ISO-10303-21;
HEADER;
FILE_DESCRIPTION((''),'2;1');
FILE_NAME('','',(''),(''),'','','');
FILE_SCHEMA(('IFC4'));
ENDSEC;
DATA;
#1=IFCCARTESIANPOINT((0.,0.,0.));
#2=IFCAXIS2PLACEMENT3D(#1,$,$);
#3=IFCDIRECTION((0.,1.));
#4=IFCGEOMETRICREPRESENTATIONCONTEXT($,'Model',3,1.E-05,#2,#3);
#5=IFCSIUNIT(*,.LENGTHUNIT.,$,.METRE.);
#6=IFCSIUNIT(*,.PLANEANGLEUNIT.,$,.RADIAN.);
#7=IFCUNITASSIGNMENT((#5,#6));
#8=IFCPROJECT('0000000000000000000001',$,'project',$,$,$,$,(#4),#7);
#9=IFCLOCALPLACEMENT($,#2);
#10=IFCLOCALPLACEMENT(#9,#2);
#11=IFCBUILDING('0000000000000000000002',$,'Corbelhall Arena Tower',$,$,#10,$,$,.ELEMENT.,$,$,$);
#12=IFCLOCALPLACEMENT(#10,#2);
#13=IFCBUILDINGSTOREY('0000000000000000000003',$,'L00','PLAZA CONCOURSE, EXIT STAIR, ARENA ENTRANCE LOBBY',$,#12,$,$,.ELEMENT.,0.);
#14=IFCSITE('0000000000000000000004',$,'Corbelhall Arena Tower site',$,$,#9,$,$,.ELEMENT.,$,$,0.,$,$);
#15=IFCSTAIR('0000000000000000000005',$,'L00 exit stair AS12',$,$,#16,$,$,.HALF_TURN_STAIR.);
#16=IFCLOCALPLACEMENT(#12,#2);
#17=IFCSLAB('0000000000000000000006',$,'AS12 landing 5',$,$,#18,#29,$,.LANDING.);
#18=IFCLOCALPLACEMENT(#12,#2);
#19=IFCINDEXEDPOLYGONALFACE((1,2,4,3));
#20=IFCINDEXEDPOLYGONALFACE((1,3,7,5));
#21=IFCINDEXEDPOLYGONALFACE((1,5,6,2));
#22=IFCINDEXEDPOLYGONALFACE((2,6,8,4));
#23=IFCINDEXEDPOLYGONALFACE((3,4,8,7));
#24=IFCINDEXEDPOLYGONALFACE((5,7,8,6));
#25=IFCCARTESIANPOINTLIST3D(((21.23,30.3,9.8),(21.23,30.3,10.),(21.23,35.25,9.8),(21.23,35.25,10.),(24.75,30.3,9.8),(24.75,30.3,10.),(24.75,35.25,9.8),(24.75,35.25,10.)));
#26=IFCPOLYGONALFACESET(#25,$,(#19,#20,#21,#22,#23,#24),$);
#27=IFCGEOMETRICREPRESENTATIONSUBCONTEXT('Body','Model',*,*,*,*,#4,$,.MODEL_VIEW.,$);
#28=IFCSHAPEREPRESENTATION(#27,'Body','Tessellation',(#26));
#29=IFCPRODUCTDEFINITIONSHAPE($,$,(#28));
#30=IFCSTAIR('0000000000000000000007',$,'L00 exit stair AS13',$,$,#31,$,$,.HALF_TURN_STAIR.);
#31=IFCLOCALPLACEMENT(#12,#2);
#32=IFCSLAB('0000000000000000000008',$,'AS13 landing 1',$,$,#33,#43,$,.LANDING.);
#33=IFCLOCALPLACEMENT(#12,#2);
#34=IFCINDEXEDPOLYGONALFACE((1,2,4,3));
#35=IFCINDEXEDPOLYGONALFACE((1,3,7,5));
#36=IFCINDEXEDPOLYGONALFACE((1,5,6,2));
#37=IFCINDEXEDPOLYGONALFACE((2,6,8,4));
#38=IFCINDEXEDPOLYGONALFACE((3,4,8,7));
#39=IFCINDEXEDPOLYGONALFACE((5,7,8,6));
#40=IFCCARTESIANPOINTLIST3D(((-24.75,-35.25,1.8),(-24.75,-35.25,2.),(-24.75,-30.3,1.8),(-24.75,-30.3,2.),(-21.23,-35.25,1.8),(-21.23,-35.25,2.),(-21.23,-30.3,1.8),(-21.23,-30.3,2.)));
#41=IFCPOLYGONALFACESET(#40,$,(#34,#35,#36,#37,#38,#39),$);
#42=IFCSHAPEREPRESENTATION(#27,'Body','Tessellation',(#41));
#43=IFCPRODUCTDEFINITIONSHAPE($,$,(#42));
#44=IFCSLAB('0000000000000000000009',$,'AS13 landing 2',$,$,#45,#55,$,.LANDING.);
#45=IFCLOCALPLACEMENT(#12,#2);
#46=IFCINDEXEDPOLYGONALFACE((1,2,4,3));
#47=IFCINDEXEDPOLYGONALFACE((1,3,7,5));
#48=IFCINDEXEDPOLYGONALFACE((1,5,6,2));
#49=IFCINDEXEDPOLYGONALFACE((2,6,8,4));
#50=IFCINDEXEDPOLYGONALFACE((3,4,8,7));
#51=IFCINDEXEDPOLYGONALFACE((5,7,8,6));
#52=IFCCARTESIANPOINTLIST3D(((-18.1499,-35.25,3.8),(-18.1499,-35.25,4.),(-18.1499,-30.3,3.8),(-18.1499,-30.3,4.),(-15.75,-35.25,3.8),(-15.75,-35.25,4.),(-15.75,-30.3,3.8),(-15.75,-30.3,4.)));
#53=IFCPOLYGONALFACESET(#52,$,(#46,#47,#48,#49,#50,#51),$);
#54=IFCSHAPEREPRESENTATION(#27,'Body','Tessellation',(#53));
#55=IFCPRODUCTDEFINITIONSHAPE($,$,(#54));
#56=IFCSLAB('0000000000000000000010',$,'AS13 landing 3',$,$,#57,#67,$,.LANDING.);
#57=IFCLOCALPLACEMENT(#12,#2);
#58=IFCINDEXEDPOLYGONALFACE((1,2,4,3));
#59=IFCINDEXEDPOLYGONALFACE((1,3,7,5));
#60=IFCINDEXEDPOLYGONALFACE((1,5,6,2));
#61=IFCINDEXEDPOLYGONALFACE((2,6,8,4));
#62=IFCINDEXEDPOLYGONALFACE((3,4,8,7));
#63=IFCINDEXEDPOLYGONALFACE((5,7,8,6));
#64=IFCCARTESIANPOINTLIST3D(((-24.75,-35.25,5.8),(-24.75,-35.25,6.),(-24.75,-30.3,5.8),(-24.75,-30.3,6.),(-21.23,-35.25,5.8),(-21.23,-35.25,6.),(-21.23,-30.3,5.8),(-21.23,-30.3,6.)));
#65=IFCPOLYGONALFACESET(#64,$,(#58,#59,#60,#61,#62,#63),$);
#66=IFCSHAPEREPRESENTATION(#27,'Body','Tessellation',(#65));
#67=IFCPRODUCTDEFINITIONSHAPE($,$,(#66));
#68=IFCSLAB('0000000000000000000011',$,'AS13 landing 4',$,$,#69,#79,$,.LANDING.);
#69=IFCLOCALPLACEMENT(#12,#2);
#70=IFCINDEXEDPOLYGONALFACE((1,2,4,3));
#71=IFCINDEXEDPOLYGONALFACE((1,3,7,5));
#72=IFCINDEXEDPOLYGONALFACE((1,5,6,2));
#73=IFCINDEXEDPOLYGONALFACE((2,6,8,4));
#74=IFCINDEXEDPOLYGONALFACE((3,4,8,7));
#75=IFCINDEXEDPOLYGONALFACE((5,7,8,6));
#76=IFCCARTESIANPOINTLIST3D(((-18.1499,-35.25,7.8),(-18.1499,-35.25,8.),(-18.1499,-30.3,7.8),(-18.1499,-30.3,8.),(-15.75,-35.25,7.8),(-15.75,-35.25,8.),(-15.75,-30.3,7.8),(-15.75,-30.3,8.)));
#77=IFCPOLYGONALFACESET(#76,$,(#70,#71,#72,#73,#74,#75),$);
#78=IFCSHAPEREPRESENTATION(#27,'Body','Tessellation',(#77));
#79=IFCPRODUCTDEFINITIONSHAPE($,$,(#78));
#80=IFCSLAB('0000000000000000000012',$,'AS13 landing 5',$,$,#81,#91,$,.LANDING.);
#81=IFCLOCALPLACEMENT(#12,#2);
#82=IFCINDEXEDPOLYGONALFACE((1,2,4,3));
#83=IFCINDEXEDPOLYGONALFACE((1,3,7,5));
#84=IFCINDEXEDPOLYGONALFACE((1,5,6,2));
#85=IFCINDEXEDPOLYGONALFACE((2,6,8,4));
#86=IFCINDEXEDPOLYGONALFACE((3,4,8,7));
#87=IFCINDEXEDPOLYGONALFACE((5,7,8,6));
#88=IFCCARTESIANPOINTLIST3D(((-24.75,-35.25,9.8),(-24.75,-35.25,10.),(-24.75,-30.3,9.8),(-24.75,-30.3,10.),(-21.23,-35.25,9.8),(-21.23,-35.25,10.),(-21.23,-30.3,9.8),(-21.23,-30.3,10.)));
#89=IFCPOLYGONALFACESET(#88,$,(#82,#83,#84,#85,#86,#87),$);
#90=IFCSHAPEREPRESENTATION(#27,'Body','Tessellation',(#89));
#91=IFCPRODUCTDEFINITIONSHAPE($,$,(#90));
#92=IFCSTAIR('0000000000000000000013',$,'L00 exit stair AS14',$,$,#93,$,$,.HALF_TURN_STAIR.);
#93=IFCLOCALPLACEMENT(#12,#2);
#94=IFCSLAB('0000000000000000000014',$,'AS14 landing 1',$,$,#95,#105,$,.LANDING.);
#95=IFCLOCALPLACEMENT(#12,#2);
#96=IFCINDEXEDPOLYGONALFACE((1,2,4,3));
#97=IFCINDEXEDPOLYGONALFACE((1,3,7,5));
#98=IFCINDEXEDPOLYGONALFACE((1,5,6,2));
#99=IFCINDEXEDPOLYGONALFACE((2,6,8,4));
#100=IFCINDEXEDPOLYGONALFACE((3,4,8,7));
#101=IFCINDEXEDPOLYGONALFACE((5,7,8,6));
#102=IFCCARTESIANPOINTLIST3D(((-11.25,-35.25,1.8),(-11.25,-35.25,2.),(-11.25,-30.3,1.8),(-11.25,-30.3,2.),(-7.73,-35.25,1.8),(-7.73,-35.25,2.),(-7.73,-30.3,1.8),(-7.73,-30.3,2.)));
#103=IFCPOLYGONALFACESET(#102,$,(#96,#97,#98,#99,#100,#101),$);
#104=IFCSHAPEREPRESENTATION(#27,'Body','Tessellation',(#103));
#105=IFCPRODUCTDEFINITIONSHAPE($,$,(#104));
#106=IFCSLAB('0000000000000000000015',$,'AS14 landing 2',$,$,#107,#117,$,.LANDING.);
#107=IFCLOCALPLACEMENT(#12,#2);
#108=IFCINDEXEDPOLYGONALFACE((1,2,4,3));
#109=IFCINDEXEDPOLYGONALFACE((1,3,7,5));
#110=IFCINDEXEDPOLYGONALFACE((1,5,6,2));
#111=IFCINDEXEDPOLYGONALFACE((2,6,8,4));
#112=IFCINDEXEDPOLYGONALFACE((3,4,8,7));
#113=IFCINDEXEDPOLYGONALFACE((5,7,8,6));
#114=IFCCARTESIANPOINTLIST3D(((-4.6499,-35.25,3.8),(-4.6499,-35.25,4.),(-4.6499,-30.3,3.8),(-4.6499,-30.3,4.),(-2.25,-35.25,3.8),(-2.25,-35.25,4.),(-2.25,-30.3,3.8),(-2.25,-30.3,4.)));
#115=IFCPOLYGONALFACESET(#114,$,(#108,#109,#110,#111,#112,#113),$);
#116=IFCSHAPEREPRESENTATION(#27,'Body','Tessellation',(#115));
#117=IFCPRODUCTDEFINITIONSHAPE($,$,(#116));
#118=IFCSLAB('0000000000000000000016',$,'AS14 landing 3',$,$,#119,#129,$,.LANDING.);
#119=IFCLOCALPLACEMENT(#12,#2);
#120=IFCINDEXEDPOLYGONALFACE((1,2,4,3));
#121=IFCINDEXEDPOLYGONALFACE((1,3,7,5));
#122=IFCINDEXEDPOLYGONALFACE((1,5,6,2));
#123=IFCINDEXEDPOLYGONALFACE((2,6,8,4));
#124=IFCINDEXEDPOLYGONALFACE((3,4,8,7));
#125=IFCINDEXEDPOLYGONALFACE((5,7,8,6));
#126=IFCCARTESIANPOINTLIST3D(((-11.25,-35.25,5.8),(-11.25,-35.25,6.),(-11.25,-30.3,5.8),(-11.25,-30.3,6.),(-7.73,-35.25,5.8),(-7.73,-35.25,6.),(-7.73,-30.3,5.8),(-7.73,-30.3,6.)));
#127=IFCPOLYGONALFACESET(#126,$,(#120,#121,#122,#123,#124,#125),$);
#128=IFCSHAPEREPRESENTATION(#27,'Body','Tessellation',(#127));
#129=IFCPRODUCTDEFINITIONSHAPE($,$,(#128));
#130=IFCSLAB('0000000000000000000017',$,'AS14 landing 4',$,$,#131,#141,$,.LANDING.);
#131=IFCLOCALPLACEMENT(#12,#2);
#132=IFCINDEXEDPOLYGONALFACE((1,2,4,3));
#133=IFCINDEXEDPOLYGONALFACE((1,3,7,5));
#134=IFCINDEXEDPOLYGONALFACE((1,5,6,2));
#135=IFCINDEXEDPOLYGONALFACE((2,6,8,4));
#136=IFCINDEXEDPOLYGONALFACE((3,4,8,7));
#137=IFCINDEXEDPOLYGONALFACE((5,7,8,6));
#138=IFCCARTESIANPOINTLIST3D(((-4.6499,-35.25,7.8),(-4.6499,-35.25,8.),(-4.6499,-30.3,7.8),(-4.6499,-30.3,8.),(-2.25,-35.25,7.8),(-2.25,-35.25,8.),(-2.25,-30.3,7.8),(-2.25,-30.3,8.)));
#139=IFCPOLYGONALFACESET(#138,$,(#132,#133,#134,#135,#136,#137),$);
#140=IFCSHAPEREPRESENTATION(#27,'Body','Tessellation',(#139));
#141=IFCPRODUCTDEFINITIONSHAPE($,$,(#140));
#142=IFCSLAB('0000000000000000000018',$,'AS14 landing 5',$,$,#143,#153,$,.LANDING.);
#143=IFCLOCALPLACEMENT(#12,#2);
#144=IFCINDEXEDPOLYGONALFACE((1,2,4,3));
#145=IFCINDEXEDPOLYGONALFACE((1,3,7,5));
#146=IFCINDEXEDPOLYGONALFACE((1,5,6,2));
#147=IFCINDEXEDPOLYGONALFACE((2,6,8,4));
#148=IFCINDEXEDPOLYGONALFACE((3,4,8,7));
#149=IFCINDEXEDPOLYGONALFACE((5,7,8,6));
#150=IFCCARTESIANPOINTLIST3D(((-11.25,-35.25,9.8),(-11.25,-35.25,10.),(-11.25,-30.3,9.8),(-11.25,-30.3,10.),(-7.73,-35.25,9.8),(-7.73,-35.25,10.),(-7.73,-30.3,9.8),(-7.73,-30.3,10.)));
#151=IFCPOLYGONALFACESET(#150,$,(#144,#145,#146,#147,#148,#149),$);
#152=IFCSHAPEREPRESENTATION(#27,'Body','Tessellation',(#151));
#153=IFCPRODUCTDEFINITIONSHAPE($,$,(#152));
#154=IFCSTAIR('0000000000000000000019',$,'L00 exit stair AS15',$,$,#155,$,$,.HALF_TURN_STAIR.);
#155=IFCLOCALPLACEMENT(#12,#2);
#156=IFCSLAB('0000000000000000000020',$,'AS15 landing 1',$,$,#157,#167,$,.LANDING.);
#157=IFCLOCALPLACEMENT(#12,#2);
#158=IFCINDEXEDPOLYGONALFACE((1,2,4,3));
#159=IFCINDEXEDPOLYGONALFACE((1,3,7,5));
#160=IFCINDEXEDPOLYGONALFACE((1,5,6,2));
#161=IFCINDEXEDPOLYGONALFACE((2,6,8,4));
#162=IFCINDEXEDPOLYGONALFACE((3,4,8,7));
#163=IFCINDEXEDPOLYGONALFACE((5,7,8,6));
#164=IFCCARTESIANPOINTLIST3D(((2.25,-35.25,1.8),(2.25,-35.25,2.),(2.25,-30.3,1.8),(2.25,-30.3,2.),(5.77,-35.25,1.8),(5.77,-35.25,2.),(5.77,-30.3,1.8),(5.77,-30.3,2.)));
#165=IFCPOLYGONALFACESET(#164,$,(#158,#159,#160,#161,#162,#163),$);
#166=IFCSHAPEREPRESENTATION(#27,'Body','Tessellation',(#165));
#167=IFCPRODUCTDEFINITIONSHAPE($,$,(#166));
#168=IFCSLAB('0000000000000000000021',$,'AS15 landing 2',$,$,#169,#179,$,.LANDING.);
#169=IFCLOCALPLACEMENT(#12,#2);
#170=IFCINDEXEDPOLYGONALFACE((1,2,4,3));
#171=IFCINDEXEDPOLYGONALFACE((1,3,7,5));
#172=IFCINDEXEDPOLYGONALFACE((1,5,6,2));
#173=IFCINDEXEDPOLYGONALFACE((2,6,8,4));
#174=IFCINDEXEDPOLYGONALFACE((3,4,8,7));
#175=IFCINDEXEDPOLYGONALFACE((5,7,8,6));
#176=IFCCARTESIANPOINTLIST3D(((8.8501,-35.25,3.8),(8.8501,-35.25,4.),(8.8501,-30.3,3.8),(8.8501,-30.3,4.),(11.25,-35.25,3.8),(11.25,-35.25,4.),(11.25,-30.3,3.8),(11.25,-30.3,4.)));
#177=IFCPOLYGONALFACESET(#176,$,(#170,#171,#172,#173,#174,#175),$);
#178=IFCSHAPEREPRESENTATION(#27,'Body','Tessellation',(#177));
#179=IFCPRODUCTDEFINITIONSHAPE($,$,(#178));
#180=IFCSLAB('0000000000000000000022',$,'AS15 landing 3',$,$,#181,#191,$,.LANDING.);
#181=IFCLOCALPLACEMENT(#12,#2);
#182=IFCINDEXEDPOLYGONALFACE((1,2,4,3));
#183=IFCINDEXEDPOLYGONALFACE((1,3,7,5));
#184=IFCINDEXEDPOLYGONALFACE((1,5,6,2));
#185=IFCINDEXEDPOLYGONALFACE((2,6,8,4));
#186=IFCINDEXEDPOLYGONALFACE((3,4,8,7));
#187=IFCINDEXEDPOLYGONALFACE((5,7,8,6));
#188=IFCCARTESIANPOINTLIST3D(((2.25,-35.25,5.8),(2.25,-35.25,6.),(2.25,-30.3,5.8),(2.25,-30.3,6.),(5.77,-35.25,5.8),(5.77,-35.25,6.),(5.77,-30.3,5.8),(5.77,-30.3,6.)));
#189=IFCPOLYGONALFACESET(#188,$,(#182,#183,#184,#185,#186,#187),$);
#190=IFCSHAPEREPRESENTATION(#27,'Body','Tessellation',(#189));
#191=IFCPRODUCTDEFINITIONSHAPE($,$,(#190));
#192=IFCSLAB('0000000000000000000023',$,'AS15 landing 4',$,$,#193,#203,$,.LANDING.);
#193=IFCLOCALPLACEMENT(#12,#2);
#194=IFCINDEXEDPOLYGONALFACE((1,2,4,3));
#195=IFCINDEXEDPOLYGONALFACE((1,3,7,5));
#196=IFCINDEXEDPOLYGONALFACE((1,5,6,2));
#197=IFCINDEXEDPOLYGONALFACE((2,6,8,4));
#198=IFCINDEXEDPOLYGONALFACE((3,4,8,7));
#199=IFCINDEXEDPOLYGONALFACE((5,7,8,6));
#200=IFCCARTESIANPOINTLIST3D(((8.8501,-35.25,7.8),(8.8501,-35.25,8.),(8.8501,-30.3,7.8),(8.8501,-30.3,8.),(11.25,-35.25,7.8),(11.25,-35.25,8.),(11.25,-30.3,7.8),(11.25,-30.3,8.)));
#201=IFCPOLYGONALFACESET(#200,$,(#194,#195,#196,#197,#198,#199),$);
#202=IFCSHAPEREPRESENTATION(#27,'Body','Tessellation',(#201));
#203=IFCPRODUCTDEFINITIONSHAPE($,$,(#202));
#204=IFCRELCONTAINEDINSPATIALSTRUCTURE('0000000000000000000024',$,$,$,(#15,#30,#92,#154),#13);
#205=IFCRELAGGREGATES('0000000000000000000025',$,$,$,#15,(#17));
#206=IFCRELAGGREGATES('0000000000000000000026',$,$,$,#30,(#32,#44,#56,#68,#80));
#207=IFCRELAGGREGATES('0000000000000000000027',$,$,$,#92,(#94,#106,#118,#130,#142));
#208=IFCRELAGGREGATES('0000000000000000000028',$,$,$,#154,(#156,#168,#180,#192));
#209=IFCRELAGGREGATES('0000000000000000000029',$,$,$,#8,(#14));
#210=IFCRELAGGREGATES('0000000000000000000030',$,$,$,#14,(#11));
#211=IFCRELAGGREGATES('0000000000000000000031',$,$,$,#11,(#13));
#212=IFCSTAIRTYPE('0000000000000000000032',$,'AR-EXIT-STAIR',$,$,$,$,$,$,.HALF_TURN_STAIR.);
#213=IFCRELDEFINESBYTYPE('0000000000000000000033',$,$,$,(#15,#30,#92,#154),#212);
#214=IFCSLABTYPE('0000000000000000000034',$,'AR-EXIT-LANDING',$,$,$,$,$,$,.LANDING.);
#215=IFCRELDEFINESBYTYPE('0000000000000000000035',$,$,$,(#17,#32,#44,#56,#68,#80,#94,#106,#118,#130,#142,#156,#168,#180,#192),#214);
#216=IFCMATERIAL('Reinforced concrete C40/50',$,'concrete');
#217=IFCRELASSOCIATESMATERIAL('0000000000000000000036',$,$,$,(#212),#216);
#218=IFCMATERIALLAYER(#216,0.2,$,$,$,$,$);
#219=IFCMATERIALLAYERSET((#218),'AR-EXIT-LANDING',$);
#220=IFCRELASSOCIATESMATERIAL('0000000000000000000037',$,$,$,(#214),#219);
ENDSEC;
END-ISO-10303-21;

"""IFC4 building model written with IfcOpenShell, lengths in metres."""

from ifc_helpers import new_model, si_unit, direction, frame, origin, place, context, subcontext, project, spatial, polyline, outline, extrude, material, layer, layer_set, type_object, element, aggregate, save


model = new_model("IFC4")

# Units and contexts
model_context = context("Model", 3, precision=1e-05, world=origin(), true_north=direction((0.0, 1.0)))
body_context = subcontext(model_context, "Body", "Model", "MODEL_VIEW")
ifc_project = project(units=[si_unit("LENGTHUNIT", "METRE"), si_unit("PLANEANGLEUNIT", "RADIAN")], contexts=[model_context])

# Site, building, storey
site_placement = place(None, origin())
site = spatial("IfcSite", under=ifc_project, at=site_placement, Name="Corbelhall Arena Tower site", CompositionType="ELEMENT", RefElevation=0.0)
building_placement = place(site_placement, origin())
building = spatial("IfcBuilding", under=site, at=building_placement, Name="Corbelhall Arena Tower", CompositionType="ELEMENT")
storey_placement = place(building_placement, origin())
storey = spatial("IfcBuildingStorey", under=building, at=storey_placement, Name="L00", Description="PLAZA CONCOURSE, EXIT STAIR, ARENA ENTRANCE LOBBY", CompositionType="ELEMENT", Elevation=0.0)

# Stairs, slabs
ifc_material_1 = material(Name="Reinforced concrete C40/50", Category="concrete")
stair_type = type_object("IfcStairType", Name="AR-EXIT-STAIR", PredefinedType="HALF_TURN_STAIR", material=ifc_material_1)
stair_1_placement = place(storey_placement, origin())
stair_1 = element("IfcStair", 1, at=stair_1_placement, inside=storey, type_object=stair_type, Name="L00 exit stair AS12", PredefinedType="HALF_TURN_STAIR")
ifc_layer = layer(ifc_material_1, 0.2)
ifc_layer_set = layer_set([ifc_layer], Name="AR-EXIT-LANDING")
slab_type = type_object("IfcSlabType", Name="AR-EXIT-LANDING", PredefinedType="LANDING", material=ifc_layer_set)
slab_1_placement = place(storey_placement, frame((0.0, 0.0, 9.8)))
slab_1 = element("IfcSlab", 2, at=slab_1_placement, type_object=slab_type, Name="AS12 landing 5", PredefinedType="LANDING", context=body_context, shape_type="SweptSolid", body=[
    extrude(outline(polyline([(21.23, 30.3), (24.75, 30.3), (24.75, 35.25), (21.23, 35.25), (21.23, 30.3)])), origin(), (0.0, 0.0, 1.0), 0.2),
])
aggregate(stair_1, [slab_1])
stair_2_placement = place(storey_placement, origin())
stair_2 = element("IfcStair", 3, at=stair_2_placement, inside=storey, type_object=stair_type, Name="L00 exit stair AS13", PredefinedType="HALF_TURN_STAIR")
slab_2_placement = place(storey_placement, frame((0.0, 0.0, 1.8)))
slab_2 = element("IfcSlab", 4, at=slab_2_placement, type_object=slab_type, Name="AS13 landing 1", PredefinedType="LANDING", context=body_context, shape_type="SweptSolid", body=[
    extrude(outline(polyline([(-21.23, -30.3), (-24.75, -30.3), (-24.75, -35.25), (-21.23, -35.25), (-21.23, -30.3)])), origin(), (0.0, 0.0, 1.0), 0.2),
])
slab_3_placement = place(storey_placement, frame((0.0, 0.0, 3.8)))
slab_3 = element("IfcSlab", 5, at=slab_3_placement, type_object=slab_type, Name="AS13 landing 2", PredefinedType="LANDING", context=body_context, shape_type="SweptSolid", body=[
    extrude(outline(polyline([(-15.75, -30.3), (-18.1499, -30.3), (-18.1499, -35.25), (-15.75, -35.25), (-15.75, -30.3)])), origin(), (0.0, 0.0, 1.0), 0.2),
])
slab_4_placement = place(storey_placement, frame((0.0, 0.0, 5.8)))
slab_4 = element("IfcSlab", 6, at=slab_4_placement, type_object=slab_type, Name="AS13 landing 3", PredefinedType="LANDING", context=body_context, shape_type="SweptSolid", body=[
    extrude(outline(polyline([(-21.23, -30.3), (-24.75, -30.3), (-24.75, -35.25), (-21.23, -35.25), (-21.23, -30.3)])), origin(), (0.0, 0.0, 1.0), 0.2),
])
slab_5_placement = place(storey_placement, frame((0.0, 0.0, 7.8)))
slab_5 = element("IfcSlab", 7, at=slab_5_placement, type_object=slab_type, Name="AS13 landing 4", PredefinedType="LANDING", context=body_context, shape_type="SweptSolid", body=[
    extrude(outline(polyline([(-15.75, -30.3), (-18.1499, -30.3), (-18.1499, -35.25), (-15.75, -35.25), (-15.75, -30.3)])), origin(), (0.0, 0.0, 1.0), 0.2),
])
slab_6_placement = place(storey_placement, frame((0.0, 0.0, 9.8)))
slab_6 = element("IfcSlab", 8, at=slab_6_placement, type_object=slab_type, Name="AS13 landing 5", PredefinedType="LANDING", context=body_context, shape_type="SweptSolid", body=[
    extrude(outline(polyline([(-21.23, -30.3), (-24.75, -30.3), (-24.75, -35.25), (-21.23, -35.25), (-21.23, -30.3)])), origin(), (0.0, 0.0, 1.0), 0.2),
])
aggregate(stair_2, [slab_2, slab_3, slab_4, slab_5, slab_6])
stair_3_placement = place(storey_placement, origin())
stair_3 = element("IfcStair", 9, at=stair_3_placement, inside=storey, type_object=stair_type, Name="L00 exit stair AS14", PredefinedType="HALF_TURN_STAIR")
slab_7_placement = place(storey_placement, frame((0.0, 0.0, 1.8)))
slab_7 = element("IfcSlab", 10, at=slab_7_placement, type_object=slab_type, Name="AS14 landing 1", PredefinedType="LANDING", context=body_context, shape_type="SweptSolid", body=[
    extrude(outline(polyline([(-7.73, -30.3), (-11.25, -30.3), (-11.25, -35.25), (-7.73, -35.25), (-7.73, -30.3)])), origin(), (0.0, 0.0, 1.0), 0.2),
])
slab_8_placement = place(storey_placement, frame((0.0, 0.0, 3.8)))
slab_8 = element("IfcSlab", 11, at=slab_8_placement, type_object=slab_type, Name="AS14 landing 2", PredefinedType="LANDING", context=body_context, shape_type="SweptSolid", body=[
    extrude(outline(polyline([(-2.25, -30.3), (-4.6499, -30.3), (-4.6499, -35.25), (-2.25, -35.25), (-2.25, -30.3)])), origin(), (0.0, 0.0, 1.0), 0.2),
])
slab_9_placement = place(storey_placement, frame((0.0, 0.0, 5.8)))
slab_9 = element("IfcSlab", 12, at=slab_9_placement, type_object=slab_type, Name="AS14 landing 3", PredefinedType="LANDING", context=body_context, shape_type="SweptSolid", body=[
    extrude(outline(polyline([(-7.73, -30.3), (-11.25, -30.3), (-11.25, -35.25), (-7.73, -35.25), (-7.73, -30.3)])), origin(), (0.0, 0.0, 1.0), 0.2),
])
slab_10_placement = place(storey_placement, frame((0.0, 0.0, 7.8)))
slab_10 = element("IfcSlab", 13, at=slab_10_placement, type_object=slab_type, Name="AS14 landing 4", PredefinedType="LANDING", context=body_context, shape_type="SweptSolid", body=[
    extrude(outline(polyline([(-2.25, -30.3), (-4.6499, -30.3), (-4.6499, -35.25), (-2.25, -35.25), (-2.25, -30.3)])), origin(), (0.0, 0.0, 1.0), 0.2),
])
slab_11_placement = place(storey_placement, frame((0.0, 0.0, 9.8)))
slab_11 = element("IfcSlab", 14, at=slab_11_placement, type_object=slab_type, Name="AS14 landing 5", PredefinedType="LANDING", context=body_context, shape_type="SweptSolid", body=[
    extrude(outline(polyline([(-7.73, -30.3), (-11.25, -30.3), (-11.25, -35.25), (-7.73, -35.25), (-7.73, -30.3)])), origin(), (0.0, 0.0, 1.0), 0.2),
])
aggregate(stair_3, [slab_7, slab_8, slab_9, slab_10, slab_11])
stair_4_placement = place(storey_placement, origin())
stair_4 = element("IfcStair", 15, at=stair_4_placement, inside=storey, type_object=stair_type, Name="L00 exit stair AS15", PredefinedType="HALF_TURN_STAIR")
slab_12_placement = place(storey_placement, frame((0.0, 0.0, 1.8)))
slab_12 = element("IfcSlab", 16, at=slab_12_placement, type_object=slab_type, Name="AS15 landing 1", PredefinedType="LANDING", context=body_context, shape_type="SweptSolid", body=[
    extrude(outline(polyline([(5.77, -30.3), (2.25, -30.3), (2.25, -35.25), (5.77, -35.25), (5.77, -30.3)])), origin(), (0.0, 0.0, 1.0), 0.2),
])
slab_13_placement = place(storey_placement, frame((0.0, 0.0, 3.8)))
slab_13 = element("IfcSlab", 17, at=slab_13_placement, type_object=slab_type, Name="AS15 landing 2", PredefinedType="LANDING", context=body_context, shape_type="SweptSolid", body=[
    extrude(outline(polyline([(11.25, -30.3), (8.8501, -30.3), (8.8501, -35.25), (11.25, -35.25), (11.25, -30.3)])), origin(), (0.0, 0.0, 1.0), 0.2),
])
slab_14_placement = place(storey_placement, frame((0.0, 0.0, 5.8)))
slab_14 = element("IfcSlab", 18, at=slab_14_placement, type_object=slab_type, Name="AS15 landing 3", PredefinedType="LANDING", context=body_context, shape_type="SweptSolid", body=[
    extrude(outline(polyline([(5.77, -30.3), (2.25, -30.3), (2.25, -35.25), (5.77, -35.25), (5.77, -30.3)])), origin(), (0.0, 0.0, 1.0), 0.2),
])
slab_15_placement = place(storey_placement, frame((0.0, 0.0, 7.8)))
slab_15 = element("IfcSlab", 19, at=slab_15_placement, type_object=slab_type, Name="AS15 landing 4", PredefinedType="LANDING", context=body_context, shape_type="SweptSolid", body=[
    extrude(outline(polyline([(11.25, -30.3), (8.8501, -30.3), (8.8501, -35.25), (11.25, -35.25), (11.25, -30.3)])), origin(), (0.0, 0.0, 1.0), 0.2),
])
aggregate(stair_4, [slab_12, slab_13, slab_14, slab_15])

save(model, "model.ifc")
